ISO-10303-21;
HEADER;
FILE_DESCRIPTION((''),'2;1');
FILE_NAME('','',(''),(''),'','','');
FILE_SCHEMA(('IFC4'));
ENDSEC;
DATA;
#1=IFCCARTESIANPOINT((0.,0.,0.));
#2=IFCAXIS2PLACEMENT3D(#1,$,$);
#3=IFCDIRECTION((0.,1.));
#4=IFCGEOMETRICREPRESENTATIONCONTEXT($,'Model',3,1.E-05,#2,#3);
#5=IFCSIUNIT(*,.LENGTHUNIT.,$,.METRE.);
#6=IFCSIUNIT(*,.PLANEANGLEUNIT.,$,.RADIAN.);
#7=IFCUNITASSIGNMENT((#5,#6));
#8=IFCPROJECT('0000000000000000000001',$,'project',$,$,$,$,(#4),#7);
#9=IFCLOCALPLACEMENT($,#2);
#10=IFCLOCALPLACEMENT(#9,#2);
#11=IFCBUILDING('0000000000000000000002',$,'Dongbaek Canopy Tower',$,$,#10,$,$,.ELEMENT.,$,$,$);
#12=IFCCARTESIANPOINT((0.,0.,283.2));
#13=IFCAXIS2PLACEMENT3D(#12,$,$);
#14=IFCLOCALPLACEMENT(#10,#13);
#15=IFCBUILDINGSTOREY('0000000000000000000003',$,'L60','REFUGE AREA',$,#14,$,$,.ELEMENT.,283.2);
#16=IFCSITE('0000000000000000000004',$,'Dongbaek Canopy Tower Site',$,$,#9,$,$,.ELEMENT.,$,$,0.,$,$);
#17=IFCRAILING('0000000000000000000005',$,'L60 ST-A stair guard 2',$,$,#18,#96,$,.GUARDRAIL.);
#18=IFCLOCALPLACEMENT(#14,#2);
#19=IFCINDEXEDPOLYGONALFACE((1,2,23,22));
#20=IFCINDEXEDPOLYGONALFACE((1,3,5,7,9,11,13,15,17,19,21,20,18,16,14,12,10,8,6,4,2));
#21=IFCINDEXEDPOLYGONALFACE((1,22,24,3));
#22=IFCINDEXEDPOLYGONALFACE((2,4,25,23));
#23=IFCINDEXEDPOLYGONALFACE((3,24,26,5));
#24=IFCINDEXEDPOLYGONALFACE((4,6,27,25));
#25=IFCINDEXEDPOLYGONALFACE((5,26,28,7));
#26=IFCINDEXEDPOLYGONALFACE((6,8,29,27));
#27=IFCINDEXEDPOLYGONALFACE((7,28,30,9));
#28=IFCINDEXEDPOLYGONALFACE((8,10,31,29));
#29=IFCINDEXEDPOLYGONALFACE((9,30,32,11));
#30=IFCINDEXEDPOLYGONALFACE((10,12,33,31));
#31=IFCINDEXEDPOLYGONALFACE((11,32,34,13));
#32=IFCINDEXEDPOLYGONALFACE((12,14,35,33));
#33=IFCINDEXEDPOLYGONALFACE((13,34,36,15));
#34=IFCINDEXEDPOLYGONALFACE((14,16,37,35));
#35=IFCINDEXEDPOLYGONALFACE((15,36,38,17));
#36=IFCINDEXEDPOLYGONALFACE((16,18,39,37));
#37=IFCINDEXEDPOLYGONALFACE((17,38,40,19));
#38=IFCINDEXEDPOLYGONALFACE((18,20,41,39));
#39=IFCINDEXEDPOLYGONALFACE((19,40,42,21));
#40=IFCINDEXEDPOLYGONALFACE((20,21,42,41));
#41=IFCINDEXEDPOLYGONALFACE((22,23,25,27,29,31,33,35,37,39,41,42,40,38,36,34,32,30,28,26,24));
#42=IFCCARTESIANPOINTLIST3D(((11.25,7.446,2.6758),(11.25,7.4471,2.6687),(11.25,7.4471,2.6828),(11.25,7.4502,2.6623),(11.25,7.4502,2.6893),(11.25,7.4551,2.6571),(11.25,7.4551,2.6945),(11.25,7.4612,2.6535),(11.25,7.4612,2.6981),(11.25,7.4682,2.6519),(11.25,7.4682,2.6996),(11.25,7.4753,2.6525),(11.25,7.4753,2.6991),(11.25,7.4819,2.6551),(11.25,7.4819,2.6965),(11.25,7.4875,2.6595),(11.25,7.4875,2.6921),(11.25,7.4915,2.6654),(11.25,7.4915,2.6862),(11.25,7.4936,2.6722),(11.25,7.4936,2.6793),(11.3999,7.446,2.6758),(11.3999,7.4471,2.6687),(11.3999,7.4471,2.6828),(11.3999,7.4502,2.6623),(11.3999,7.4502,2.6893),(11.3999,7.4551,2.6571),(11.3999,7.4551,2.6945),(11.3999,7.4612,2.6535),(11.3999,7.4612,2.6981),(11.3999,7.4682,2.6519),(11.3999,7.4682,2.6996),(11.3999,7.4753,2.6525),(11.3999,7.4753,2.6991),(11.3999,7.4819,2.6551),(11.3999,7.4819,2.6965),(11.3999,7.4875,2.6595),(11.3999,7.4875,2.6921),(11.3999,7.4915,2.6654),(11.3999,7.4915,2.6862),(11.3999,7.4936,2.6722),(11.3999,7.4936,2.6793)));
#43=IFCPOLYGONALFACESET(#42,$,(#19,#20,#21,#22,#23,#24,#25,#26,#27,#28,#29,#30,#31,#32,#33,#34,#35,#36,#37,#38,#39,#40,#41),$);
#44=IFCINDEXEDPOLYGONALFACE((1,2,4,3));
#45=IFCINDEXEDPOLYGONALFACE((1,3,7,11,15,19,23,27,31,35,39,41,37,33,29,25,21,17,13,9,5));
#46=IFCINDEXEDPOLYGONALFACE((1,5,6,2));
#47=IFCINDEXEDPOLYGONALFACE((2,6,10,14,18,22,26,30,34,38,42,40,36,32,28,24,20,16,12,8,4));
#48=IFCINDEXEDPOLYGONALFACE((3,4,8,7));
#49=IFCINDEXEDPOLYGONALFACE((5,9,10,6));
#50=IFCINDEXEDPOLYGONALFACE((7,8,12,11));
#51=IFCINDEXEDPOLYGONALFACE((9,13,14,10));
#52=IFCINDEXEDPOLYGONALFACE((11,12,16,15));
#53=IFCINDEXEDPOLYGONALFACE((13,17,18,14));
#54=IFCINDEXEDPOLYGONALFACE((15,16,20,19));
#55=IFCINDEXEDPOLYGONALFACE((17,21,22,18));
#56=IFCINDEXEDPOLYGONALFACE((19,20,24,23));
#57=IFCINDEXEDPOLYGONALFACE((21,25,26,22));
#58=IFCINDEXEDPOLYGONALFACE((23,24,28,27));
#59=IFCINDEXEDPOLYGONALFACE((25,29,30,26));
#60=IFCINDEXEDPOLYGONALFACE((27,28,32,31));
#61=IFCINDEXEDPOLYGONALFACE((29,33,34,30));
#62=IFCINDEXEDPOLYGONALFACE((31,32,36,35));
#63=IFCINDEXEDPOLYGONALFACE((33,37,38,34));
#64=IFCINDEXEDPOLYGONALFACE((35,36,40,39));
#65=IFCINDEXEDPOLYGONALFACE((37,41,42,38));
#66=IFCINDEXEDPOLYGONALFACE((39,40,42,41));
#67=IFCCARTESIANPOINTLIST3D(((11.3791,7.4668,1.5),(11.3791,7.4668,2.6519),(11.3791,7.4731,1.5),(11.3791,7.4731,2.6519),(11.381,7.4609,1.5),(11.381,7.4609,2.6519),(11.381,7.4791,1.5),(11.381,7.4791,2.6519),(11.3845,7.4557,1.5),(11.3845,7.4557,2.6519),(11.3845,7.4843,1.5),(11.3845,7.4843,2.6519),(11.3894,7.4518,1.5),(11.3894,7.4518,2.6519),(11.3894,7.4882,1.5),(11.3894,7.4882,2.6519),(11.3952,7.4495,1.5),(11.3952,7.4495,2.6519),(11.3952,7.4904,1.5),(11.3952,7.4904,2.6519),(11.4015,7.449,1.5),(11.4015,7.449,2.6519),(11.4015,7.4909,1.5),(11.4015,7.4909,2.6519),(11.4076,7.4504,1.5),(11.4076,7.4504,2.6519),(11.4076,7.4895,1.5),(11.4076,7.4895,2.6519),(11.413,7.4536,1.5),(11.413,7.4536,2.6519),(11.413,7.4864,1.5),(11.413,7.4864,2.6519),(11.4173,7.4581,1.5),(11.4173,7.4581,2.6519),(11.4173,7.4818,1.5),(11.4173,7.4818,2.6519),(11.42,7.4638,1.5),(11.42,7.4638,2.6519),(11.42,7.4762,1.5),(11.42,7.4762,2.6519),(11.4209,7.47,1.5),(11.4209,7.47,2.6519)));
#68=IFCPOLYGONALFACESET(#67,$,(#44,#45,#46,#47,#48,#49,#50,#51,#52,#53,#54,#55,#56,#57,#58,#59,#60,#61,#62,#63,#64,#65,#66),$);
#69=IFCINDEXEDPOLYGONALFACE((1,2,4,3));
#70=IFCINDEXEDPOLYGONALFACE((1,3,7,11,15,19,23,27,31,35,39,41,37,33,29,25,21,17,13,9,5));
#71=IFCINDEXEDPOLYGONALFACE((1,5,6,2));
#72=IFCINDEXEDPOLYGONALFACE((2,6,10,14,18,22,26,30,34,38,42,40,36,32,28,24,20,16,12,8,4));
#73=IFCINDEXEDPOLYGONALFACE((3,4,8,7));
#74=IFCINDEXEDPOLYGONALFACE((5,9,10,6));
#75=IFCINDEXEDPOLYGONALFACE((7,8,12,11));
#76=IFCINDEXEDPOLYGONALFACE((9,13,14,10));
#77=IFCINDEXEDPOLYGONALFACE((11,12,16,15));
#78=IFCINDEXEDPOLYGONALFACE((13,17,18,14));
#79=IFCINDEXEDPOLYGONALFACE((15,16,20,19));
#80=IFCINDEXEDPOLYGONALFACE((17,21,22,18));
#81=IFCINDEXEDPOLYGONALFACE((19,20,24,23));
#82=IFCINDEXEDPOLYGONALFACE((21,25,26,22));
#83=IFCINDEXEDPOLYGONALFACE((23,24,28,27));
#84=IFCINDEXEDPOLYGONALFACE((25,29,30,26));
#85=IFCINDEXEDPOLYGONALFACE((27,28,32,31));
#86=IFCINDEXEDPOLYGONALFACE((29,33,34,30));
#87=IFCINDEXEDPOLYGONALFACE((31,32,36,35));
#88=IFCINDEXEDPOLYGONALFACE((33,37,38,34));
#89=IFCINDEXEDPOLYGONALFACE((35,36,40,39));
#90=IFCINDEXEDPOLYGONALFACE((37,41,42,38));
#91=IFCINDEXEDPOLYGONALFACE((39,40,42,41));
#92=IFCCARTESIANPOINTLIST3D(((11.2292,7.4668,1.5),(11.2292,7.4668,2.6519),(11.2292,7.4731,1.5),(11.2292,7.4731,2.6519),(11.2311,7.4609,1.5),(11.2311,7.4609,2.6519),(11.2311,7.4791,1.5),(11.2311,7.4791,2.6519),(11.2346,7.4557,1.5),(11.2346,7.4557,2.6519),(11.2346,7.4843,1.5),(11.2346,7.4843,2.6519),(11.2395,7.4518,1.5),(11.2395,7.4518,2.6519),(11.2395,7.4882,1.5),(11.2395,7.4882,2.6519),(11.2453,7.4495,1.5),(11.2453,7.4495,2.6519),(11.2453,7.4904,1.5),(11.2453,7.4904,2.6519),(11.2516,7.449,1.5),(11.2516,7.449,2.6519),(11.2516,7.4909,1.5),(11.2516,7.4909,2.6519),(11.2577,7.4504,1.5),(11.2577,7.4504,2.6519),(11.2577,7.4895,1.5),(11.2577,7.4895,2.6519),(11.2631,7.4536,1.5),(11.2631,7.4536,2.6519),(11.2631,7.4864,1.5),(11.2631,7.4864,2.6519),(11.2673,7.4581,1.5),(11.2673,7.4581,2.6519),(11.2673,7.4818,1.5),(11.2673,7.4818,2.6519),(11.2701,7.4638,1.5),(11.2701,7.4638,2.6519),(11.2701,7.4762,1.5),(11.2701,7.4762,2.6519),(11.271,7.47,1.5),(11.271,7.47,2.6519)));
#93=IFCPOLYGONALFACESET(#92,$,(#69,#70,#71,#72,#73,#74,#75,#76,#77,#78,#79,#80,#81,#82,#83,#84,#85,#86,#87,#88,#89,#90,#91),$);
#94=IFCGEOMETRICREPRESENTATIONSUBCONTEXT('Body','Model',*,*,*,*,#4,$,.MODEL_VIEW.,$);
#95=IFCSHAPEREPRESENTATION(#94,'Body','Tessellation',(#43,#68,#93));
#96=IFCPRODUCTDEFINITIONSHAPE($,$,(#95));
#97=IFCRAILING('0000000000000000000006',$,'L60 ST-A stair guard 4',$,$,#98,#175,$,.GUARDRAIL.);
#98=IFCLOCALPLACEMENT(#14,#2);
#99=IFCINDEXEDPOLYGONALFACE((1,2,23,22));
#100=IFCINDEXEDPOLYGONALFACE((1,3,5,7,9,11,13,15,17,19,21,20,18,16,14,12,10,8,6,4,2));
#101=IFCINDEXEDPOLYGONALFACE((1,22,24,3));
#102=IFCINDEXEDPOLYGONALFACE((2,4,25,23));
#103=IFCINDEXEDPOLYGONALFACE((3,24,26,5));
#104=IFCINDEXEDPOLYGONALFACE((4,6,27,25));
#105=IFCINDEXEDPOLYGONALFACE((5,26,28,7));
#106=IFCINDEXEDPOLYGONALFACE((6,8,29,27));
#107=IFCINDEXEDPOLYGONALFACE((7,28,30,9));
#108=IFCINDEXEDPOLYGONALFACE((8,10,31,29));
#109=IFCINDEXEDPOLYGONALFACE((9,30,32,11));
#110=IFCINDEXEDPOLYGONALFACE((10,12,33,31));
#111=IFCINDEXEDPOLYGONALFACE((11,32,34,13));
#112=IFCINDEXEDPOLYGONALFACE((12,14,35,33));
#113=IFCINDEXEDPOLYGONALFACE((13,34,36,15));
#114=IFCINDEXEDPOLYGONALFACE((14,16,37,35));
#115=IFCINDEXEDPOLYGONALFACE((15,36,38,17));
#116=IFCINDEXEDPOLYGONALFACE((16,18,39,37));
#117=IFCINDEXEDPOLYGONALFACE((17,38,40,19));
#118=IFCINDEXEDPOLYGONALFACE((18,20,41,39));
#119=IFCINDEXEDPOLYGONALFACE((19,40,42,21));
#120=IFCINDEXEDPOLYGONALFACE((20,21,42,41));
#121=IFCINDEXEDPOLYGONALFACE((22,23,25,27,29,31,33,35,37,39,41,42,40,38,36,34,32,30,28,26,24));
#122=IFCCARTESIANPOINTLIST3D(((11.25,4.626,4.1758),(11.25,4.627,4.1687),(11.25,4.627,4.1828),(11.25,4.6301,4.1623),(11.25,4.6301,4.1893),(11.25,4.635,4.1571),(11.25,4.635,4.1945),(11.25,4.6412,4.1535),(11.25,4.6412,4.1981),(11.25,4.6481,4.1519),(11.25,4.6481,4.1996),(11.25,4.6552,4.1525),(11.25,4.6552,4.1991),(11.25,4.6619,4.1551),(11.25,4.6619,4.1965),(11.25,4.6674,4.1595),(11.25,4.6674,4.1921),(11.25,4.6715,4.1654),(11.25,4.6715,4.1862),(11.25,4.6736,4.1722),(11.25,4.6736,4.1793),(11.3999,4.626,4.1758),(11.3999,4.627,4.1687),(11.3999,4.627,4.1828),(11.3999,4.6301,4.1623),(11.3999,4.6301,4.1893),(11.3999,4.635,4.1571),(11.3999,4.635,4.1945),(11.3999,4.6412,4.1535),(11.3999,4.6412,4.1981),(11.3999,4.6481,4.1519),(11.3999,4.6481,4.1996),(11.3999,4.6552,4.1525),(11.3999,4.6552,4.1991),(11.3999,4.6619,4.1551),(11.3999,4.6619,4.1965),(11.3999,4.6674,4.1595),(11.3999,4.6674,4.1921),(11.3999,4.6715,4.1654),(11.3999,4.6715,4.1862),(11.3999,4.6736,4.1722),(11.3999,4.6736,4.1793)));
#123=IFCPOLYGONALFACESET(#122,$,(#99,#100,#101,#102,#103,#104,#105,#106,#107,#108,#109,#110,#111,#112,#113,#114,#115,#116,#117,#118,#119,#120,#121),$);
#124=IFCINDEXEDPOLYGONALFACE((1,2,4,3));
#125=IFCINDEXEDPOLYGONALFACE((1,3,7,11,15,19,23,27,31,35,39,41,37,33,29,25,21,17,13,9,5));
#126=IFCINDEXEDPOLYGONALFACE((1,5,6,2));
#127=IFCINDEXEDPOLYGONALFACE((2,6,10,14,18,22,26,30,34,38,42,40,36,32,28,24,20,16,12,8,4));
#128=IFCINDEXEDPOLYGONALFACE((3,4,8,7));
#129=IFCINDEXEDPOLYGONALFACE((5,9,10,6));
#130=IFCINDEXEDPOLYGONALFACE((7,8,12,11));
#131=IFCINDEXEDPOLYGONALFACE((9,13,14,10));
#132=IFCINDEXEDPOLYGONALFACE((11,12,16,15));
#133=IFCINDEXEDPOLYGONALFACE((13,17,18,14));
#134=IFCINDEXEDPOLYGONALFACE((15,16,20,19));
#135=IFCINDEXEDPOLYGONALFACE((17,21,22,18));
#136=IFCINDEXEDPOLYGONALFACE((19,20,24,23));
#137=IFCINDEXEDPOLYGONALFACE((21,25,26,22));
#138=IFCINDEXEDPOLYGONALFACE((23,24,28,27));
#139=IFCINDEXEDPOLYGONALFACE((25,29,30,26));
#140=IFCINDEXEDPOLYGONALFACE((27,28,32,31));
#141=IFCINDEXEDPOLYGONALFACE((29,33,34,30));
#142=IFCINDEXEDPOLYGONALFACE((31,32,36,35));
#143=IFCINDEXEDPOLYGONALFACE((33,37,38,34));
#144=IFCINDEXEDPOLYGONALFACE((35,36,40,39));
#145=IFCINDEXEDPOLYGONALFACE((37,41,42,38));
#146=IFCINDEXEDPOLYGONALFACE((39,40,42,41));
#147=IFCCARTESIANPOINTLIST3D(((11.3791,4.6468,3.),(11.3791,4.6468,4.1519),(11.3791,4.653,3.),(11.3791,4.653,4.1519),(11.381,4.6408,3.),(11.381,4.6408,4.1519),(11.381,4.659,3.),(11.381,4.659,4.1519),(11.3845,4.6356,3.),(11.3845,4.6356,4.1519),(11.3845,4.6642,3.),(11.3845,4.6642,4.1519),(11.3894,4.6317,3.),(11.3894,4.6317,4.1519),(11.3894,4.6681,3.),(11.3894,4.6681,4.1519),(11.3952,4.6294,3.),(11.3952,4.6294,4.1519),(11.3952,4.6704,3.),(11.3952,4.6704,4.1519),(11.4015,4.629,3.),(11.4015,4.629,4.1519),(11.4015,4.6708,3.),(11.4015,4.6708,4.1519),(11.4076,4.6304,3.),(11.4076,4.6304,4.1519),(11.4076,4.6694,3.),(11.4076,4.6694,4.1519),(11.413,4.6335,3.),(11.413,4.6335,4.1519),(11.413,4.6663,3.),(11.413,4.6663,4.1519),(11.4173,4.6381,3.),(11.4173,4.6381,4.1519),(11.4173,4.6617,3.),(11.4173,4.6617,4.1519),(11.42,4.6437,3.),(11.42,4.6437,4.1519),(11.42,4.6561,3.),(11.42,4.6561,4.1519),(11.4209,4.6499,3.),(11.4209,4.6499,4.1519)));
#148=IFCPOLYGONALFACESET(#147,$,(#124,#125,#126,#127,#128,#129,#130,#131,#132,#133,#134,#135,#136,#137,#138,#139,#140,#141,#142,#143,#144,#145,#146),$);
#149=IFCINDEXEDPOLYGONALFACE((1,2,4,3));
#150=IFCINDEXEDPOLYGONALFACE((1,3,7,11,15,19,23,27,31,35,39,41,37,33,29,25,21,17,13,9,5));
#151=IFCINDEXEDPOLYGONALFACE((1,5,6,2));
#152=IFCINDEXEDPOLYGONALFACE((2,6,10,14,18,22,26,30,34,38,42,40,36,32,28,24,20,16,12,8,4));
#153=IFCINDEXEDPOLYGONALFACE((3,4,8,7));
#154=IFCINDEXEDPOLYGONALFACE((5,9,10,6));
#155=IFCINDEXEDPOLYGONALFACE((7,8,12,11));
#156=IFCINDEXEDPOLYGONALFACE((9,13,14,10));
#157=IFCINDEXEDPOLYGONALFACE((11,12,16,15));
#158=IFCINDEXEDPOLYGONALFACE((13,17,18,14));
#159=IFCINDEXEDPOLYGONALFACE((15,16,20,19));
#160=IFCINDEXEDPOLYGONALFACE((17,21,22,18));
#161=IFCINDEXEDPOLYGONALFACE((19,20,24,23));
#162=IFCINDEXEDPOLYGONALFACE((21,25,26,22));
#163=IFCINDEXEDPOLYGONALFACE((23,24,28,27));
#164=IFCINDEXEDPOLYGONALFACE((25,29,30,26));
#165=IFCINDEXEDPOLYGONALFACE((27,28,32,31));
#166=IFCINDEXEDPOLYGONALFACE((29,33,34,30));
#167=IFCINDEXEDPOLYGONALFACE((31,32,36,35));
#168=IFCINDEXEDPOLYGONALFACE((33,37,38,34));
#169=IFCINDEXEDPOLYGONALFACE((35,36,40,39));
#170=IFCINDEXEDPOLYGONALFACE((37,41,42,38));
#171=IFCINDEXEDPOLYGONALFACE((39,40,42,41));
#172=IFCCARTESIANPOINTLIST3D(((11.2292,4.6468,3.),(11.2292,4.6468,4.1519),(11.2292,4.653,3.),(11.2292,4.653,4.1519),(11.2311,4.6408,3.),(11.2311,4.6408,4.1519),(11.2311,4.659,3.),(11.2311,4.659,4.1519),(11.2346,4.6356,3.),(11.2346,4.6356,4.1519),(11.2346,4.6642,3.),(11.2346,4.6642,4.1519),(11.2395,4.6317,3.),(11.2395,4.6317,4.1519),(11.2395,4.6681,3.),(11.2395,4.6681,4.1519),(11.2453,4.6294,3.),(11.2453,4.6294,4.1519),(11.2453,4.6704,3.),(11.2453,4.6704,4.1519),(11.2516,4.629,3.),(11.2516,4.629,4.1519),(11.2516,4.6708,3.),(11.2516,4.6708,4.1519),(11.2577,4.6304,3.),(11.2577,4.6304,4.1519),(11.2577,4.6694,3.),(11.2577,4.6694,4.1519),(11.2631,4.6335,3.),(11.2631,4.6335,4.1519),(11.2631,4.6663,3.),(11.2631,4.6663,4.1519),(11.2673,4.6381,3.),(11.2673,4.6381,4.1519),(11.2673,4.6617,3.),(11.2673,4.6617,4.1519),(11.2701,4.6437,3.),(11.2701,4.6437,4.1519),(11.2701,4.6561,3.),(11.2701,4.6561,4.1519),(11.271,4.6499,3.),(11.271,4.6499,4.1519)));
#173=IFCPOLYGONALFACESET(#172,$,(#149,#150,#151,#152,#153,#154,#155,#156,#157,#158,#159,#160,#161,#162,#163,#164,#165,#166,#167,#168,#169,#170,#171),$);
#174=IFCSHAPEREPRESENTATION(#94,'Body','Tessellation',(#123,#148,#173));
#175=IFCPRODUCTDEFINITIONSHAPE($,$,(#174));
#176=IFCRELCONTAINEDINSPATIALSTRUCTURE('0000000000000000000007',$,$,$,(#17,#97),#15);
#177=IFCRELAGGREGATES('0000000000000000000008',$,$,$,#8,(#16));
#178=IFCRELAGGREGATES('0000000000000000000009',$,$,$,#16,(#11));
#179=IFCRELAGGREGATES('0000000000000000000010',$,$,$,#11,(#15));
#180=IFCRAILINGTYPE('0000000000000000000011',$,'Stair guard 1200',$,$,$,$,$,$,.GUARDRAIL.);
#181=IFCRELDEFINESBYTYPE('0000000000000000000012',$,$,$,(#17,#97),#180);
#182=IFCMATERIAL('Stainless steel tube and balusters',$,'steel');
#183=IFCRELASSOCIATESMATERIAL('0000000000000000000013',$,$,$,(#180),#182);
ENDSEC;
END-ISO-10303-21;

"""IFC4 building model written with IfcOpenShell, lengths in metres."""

from ifc_helpers import new_model, si_unit, direction, frame, origin, origin_2d, place, context, subcontext, project, spatial, circle, extrude, material, type_object, element, save


model = new_model("IFC4")

# Units and contexts
model_context = context("Model", 3, precision=1e-05, world=origin(), true_north=direction((0.0, 1.0)))
body_context = subcontext(model_context, "Body", "Model", "MODEL_VIEW")
ifc_project = project(units=[si_unit("LENGTHUNIT", "METRE"), si_unit("PLANEANGLEUNIT", "RADIAN")], contexts=[model_context])

# Site, building, storey
site_placement = place(None, origin())
site = spatial("IfcSite", under=ifc_project, at=site_placement, Name="Dongbaek Canopy Tower Site", CompositionType="ELEMENT", RefElevation=0.0)
building_placement = place(site_placement, origin())
building = spatial("IfcBuilding", under=site, at=building_placement, Name="Dongbaek Canopy Tower", CompositionType="ELEMENT")
storey_placement = place(building_placement, frame((0.0, 0.0, 283.2)))
storey = spatial("IfcBuildingStorey", under=building, at=storey_placement, Name="L60", Description="REFUGE AREA", CompositionType="ELEMENT", Elevation=283.2)

# Railings
ifc_material_1 = material(Name="Stainless steel tube and balusters", Category="steel")
railing_type_1 = type_object("IfcRailingType", Name="Stair guard 1200", PredefinedType="GUARDRAIL", material=ifc_material_1)
for number, where, name in (
    (1, (11.3999, 7.47, 1.5), "L60 ST-A stair guard 2"),
    (2, (11.3999, 4.6499, 3.0), "L60 ST-A stair guard 4"),
):
    element("IfcRailing", number, at=place(storey_placement, frame(where)), inside=storey, type_object=railing_type_1, Name=name, PredefinedType="GUARDRAIL", context=body_context, shape_type="SweptSolid", body=[
        extrude(circle(Radius=0.0239, at=origin_2d()), frame((0.0, 0.0, 1.1758), z_axis=(-1.0, 0.0, 0.0), x_axis=(0.0, -1.0, 0.0)), (0.0, 0.0, 1.0), 0.1499),
        extrude(circle(Radius=0.021, at=origin_2d()), origin(), (0.0, 0.0, 1.0), 1.1519),
        extrude(circle(Radius=0.021, at=origin_2d()), frame((-0.1499, 0.0, 0.0)), (0.0, 0.0, 1.0), 1.1519),
    ])

save(model, "model.ifc")
